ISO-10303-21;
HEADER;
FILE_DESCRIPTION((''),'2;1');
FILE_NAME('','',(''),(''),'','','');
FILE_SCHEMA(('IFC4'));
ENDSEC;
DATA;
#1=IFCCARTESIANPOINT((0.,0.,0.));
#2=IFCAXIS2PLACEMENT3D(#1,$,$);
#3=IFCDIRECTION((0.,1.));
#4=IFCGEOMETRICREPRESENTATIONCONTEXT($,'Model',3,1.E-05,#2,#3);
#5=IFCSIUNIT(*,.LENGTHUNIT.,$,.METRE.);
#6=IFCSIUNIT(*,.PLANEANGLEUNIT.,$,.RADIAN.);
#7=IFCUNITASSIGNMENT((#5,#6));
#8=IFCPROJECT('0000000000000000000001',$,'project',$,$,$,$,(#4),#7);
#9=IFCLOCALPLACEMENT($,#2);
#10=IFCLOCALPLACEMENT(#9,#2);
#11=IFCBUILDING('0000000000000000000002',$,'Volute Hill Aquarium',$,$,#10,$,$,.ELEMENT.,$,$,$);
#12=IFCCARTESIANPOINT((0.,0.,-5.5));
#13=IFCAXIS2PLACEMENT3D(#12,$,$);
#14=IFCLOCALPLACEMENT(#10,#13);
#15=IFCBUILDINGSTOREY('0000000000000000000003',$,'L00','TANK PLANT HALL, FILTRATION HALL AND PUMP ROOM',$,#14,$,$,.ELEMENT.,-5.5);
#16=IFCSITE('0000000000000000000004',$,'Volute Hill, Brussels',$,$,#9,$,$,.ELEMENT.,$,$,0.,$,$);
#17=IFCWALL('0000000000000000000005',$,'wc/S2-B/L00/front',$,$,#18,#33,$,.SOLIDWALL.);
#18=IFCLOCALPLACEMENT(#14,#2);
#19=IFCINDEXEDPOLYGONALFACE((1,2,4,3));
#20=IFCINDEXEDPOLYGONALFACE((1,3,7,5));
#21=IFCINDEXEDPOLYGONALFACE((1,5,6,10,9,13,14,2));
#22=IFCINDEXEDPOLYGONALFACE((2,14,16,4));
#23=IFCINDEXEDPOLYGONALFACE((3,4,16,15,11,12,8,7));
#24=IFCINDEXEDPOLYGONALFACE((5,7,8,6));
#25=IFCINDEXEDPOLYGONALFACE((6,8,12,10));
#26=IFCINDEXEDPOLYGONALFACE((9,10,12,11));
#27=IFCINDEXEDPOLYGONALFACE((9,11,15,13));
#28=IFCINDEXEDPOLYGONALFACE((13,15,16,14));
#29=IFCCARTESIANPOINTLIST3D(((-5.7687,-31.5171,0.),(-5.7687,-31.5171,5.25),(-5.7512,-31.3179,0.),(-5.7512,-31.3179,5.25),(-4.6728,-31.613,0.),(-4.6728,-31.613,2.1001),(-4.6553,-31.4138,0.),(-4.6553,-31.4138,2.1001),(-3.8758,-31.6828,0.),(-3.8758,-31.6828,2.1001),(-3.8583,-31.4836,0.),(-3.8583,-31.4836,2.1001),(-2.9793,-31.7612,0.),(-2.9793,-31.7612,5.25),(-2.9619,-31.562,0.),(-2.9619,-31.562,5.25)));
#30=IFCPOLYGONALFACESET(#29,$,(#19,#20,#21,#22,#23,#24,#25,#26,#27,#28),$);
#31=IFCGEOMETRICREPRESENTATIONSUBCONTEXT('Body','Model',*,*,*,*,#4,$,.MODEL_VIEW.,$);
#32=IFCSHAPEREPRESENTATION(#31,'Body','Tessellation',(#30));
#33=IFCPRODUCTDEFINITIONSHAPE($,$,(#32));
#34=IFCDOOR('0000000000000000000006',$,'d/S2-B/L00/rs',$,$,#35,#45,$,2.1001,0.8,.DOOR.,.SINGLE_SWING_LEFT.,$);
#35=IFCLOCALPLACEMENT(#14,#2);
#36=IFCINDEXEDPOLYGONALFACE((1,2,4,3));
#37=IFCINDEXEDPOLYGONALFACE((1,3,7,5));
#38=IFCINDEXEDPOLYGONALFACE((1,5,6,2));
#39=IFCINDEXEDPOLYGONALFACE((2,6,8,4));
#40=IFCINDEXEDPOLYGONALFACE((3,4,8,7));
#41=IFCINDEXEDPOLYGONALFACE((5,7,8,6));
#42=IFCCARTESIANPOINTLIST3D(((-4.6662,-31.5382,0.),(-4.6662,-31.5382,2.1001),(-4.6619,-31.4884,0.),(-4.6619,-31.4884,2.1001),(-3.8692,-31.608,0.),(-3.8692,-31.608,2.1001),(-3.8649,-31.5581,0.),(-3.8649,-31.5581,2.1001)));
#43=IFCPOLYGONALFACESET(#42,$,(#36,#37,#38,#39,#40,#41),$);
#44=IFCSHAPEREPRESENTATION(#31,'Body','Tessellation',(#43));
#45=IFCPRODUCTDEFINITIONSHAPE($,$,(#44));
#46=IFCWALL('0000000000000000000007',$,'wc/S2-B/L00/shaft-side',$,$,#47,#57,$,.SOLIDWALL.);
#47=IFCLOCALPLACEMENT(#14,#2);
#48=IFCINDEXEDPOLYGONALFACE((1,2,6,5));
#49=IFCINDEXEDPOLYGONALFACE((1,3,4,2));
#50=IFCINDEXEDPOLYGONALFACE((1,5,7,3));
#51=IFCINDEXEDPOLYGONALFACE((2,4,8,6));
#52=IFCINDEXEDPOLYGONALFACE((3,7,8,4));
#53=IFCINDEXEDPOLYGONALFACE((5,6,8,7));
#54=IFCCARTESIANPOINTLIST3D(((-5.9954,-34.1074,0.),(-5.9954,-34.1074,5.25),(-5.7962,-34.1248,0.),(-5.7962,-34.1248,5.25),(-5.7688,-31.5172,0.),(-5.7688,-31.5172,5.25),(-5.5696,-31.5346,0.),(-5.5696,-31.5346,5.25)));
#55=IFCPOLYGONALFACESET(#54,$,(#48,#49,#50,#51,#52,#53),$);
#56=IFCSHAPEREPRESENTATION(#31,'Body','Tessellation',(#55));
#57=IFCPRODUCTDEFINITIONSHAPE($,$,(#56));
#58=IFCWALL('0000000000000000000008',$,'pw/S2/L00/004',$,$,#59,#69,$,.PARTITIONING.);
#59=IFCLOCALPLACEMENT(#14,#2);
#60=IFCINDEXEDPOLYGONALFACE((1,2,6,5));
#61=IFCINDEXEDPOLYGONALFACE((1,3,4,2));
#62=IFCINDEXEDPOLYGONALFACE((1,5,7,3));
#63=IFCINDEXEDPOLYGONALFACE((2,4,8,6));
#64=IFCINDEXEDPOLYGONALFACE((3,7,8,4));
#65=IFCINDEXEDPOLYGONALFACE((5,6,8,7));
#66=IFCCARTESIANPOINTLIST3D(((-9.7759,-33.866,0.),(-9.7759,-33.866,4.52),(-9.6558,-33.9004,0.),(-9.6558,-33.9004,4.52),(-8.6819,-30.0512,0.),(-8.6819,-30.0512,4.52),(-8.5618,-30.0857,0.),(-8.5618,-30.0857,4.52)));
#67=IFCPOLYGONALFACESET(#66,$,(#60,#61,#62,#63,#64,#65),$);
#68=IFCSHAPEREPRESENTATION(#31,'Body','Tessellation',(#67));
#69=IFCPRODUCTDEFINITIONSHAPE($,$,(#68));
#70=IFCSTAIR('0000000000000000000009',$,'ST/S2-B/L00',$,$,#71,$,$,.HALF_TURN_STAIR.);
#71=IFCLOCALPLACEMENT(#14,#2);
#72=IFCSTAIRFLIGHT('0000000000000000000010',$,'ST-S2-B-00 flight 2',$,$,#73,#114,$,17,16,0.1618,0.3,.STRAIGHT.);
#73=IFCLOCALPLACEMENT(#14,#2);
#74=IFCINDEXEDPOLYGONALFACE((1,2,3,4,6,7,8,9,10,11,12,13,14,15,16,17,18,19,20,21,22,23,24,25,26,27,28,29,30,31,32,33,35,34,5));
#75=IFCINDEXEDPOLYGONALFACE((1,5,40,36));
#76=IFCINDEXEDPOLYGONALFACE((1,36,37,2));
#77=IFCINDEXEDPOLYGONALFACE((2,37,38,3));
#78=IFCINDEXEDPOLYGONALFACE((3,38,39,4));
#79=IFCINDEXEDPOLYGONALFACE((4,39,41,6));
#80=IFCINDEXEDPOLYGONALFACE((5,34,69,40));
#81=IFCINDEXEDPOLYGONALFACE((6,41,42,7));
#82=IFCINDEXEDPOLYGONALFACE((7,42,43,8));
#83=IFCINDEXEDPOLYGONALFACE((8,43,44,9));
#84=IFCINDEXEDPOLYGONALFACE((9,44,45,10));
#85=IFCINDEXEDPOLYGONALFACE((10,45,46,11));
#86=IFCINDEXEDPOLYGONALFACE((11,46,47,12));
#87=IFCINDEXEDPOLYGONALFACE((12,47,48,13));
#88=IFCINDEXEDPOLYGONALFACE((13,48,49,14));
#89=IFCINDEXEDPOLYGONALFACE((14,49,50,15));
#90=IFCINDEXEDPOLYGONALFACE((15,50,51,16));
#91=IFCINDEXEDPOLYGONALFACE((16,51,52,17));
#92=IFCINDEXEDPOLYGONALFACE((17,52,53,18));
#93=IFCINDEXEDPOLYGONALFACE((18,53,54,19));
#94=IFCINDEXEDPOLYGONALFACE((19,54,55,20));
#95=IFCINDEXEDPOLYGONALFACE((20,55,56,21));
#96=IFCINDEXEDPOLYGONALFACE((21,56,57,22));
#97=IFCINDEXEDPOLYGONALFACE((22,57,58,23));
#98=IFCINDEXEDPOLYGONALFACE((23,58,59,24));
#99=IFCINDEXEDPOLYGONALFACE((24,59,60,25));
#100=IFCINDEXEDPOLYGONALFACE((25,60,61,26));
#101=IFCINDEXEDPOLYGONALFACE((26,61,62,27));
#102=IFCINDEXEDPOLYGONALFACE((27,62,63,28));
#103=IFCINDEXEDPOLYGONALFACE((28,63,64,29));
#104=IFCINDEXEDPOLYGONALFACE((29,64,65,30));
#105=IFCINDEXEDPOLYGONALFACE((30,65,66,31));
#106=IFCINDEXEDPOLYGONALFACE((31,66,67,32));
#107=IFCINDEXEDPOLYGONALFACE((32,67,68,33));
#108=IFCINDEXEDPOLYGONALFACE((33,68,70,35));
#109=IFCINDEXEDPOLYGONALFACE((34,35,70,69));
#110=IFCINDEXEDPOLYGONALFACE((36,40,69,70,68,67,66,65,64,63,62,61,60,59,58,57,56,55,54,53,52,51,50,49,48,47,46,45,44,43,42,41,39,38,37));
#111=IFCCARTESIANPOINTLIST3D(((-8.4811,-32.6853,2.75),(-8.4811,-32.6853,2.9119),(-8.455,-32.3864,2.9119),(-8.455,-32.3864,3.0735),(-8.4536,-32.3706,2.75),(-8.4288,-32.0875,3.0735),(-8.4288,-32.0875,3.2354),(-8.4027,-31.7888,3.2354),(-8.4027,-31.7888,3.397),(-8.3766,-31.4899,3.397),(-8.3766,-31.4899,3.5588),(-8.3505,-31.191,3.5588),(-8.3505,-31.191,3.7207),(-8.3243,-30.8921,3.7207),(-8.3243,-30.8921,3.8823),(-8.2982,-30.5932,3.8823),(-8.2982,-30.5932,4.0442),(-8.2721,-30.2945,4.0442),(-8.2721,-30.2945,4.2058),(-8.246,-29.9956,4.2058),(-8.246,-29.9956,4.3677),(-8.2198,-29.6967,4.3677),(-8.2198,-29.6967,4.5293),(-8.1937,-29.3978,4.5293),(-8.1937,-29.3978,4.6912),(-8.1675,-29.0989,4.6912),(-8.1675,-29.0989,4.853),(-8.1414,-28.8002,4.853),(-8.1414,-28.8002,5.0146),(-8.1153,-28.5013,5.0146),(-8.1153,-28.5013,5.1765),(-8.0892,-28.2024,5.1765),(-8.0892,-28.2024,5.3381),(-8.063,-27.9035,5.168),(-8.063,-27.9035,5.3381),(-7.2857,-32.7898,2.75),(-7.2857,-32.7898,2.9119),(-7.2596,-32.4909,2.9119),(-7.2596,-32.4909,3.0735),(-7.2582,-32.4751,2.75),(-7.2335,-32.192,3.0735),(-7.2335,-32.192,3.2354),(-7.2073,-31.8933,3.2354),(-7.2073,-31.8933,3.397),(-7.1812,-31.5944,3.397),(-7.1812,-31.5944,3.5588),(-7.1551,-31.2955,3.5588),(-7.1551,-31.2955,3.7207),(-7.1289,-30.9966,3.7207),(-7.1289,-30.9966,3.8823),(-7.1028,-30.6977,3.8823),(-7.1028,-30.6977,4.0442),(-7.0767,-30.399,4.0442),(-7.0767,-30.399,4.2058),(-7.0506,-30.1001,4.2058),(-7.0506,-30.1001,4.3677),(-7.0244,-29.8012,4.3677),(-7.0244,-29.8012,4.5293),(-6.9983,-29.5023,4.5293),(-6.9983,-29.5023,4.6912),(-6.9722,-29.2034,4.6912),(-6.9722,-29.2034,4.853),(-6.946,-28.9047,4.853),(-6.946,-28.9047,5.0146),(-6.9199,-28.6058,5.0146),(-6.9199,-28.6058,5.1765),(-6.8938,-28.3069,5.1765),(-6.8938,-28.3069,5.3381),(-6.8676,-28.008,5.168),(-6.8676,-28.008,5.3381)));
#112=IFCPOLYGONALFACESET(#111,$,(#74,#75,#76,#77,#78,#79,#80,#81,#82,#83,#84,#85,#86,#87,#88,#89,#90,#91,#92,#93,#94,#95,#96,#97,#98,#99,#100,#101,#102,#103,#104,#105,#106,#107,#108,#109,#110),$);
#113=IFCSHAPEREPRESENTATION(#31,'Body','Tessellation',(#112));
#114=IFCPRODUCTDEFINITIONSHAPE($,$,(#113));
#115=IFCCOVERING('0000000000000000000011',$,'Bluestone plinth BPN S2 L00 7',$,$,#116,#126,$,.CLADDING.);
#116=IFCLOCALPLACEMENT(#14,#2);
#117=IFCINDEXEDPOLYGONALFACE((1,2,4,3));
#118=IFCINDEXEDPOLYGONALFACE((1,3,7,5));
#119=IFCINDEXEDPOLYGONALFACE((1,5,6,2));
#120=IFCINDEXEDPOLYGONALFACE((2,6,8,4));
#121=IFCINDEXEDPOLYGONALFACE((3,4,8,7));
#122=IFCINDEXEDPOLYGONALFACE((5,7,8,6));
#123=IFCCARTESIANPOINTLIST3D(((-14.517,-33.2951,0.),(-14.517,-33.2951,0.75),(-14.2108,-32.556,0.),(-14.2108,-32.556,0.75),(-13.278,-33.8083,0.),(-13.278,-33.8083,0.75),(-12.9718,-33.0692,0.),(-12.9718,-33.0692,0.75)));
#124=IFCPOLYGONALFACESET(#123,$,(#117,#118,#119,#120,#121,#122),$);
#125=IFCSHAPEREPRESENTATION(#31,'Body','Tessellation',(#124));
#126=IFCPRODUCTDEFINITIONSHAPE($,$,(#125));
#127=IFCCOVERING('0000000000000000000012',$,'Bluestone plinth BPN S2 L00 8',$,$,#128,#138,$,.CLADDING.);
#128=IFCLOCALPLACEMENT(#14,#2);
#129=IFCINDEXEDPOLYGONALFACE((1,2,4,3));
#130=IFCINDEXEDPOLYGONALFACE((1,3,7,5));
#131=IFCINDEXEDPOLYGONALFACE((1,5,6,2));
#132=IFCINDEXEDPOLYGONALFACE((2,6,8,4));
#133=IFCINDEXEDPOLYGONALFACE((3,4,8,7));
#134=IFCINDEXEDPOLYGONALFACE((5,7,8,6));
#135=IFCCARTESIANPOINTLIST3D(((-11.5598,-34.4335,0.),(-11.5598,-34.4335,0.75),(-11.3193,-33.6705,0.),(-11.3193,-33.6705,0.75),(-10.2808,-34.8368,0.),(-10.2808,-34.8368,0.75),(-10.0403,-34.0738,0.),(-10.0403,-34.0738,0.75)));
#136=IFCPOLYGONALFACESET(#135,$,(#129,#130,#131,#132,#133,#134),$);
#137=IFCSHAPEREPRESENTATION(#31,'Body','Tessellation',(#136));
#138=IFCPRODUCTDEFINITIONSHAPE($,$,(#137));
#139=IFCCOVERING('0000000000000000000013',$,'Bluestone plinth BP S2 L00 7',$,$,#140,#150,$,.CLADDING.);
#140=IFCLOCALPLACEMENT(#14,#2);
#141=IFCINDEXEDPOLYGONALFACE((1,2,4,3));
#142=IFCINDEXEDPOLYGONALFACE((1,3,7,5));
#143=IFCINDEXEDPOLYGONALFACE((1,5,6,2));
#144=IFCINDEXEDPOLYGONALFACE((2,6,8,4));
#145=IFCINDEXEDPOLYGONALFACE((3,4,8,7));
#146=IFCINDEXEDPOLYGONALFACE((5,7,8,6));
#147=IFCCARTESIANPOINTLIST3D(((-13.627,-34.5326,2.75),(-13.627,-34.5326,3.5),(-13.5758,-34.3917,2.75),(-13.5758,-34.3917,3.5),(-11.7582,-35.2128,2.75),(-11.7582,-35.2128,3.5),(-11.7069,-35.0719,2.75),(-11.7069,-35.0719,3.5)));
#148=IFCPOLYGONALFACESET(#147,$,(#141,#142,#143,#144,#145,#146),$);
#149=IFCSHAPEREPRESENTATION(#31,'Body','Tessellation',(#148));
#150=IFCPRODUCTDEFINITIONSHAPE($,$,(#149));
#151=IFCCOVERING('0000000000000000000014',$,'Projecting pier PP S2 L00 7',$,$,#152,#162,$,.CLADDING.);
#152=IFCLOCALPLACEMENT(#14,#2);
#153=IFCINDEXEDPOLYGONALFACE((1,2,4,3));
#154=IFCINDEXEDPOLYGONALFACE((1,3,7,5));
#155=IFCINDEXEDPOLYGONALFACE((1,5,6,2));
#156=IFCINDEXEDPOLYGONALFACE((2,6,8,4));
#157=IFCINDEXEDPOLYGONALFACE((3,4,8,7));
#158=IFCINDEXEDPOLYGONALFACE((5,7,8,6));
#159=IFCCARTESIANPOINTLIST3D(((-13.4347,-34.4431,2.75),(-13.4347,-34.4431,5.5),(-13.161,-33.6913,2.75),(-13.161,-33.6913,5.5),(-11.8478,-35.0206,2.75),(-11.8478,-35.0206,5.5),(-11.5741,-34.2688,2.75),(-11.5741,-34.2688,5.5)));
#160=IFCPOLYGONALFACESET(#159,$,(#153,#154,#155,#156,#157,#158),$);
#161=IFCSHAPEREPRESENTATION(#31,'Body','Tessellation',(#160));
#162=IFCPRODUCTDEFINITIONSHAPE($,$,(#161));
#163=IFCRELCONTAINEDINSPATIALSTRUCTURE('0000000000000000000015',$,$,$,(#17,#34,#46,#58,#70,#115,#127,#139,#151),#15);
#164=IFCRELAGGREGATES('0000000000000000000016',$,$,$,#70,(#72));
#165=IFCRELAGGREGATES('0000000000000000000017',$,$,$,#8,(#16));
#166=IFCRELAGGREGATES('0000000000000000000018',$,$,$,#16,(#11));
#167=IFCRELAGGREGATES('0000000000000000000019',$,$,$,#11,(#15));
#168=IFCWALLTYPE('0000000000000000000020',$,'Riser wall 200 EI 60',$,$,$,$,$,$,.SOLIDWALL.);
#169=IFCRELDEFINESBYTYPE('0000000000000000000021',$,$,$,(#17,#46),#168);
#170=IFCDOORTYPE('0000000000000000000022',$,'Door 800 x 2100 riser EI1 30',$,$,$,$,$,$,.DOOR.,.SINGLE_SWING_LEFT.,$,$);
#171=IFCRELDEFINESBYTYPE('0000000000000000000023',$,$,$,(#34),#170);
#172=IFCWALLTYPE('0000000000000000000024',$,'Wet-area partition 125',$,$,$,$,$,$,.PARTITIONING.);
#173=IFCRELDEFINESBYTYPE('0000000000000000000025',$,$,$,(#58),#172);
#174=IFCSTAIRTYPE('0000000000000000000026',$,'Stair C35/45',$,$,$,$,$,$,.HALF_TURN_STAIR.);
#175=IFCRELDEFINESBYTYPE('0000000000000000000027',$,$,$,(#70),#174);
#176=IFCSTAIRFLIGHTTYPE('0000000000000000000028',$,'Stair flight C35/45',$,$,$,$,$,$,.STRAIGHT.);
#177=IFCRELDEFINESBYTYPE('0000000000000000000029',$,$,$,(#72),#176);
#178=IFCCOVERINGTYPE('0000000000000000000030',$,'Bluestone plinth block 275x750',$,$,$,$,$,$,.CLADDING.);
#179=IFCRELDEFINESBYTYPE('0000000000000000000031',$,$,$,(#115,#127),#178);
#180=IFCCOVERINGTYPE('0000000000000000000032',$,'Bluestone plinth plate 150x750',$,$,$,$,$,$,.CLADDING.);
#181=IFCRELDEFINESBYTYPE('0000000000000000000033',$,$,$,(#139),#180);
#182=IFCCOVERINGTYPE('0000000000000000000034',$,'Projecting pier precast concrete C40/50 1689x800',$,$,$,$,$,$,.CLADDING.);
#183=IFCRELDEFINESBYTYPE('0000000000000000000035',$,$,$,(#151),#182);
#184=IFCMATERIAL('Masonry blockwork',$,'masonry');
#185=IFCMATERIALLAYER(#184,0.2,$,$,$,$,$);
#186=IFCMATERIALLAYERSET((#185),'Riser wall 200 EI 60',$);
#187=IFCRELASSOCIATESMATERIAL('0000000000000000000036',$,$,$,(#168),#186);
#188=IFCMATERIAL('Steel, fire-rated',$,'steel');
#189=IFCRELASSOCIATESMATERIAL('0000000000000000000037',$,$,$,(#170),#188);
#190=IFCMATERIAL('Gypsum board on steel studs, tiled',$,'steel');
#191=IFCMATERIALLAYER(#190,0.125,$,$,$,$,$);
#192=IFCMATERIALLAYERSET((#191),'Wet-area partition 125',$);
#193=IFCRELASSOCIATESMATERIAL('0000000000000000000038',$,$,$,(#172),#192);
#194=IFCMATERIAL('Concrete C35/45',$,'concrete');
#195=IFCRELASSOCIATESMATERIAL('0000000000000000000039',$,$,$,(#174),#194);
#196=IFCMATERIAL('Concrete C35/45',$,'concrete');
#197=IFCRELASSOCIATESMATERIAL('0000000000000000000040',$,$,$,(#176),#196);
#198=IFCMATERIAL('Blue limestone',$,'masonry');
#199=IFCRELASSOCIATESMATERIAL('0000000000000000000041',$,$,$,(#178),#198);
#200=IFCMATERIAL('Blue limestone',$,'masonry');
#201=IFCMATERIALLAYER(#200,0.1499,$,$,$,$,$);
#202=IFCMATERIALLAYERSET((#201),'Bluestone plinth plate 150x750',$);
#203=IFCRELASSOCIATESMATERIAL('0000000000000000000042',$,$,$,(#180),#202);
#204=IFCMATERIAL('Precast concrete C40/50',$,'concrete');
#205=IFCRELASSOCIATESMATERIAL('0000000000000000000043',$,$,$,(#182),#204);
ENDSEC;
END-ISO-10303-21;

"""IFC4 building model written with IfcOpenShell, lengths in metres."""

from ifc_helpers import new_model, si_unit, direction, frame, frame_2d, origin, origin_2d, place, context, subcontext, project, spatial, polyline, rectangle, outline, extrude, material, layer, layer_set, type_object, element, fill, aggregate, save


model = new_model("IFC4")

# Units and contexts
model_context = context("Model", 3, precision=1e-05, world=origin(), true_north=direction((0.0, 1.0)))
body_context = subcontext(model_context, "Body", "Model", "MODEL_VIEW")
ifc_project = project(units=[si_unit("LENGTHUNIT", "METRE"), si_unit("PLANEANGLEUNIT", "RADIAN")], contexts=[model_context])

# Site, building, storey
site_placement = place(None, origin())
site = spatial("IfcSite", under=ifc_project, at=site_placement, Name="Volute Hill, Brussels", CompositionType="ELEMENT", RefElevation=0.0)
building_placement = place(site_placement, origin())
building = spatial("IfcBuilding", under=site, at=building_placement, Name="Volute Hill Aquarium", CompositionType="ELEMENT")
storey_placement = place(building_placement, frame((0.0, 0.0, -5.5)))
storey = spatial("IfcBuildingStorey", under=building, at=storey_placement, Name="L00", Description="TANK PLANT HALL, FILTRATION HALL AND PUMP ROOM", CompositionType="ELEMENT", Elevation=-5.5)

# Wall, opening, door
ifc_material_1 = material(Name="Masonry blockwork", Category="masonry")
ifc_layer_1 = layer(ifc_material_1, 0.2)
ifc_layer_set_1 = layer_set([ifc_layer_1], Name="Riser wall 200 EI 60")
wall_type_1 = type_object("IfcWallType", Name="Riser wall 200 EI 60", PredefinedType="SOLIDWALL", material=ifc_layer_set_1)
wall_1_placement = place(storey_placement, frame((-2.9707, -31.6616, 0.0), z_axis=(0.0, 0.0, 1.0), x_axis=(-0.996191, 0.087194, 0.0)))
wall_1 = element("IfcWall", 1, at=wall_1_placement, inside=storey, type_object=wall_type_1, Name="wc/S2-B/L00/front", PredefinedType="SOLIDWALL", context=body_context, shape_type="SweptSolid", body=[
    extrude(rectangle(XDim=2.8, YDim=0.2, at=frame_2d((1.3999, 0.0))), origin(), (0.0, 0.0, 1.0), 5.25),
])
opening_1_placement = place(wall_1_placement, frame((0.8999, 0.0, 0.0)))
opening_1 = element("IfcOpeningElement", 2, at=opening_1_placement, cuts=wall_1, PredefinedType="OPENING", context=body_context, shape_type="SweptSolid", body=[
    extrude(rectangle(XDim=0.8, YDim=2.1001, at=frame_2d((0.3999, 1.05))), frame((0.0, 0.1099, 0.0), z_axis=(0.0, -1.0, 0.0), x_axis=(1.0, 0.0, 0.0)), (0.0, 0.0, 1.0), 0.22),
])
ifc_material_2 = material(Name="Steel, fire-rated", Category="steel")
door_type = type_object("IfcDoorType", Name="Door 800 x 2100 riser EI1 30", OperationType="SINGLE_SWING_LEFT", PredefinedType="DOOR", material=ifc_material_2)
door_placement = place(opening_1_placement, origin())
door = element("IfcDoor", 3, at=door_placement, inside=storey, type_object=door_type, Name="d/S2-B/L00/rs", OperationType="SINGLE_SWING_LEFT", OverallHeight=2.1001, OverallWidth=0.8, PredefinedType="DOOR", context=body_context, shape_type="SweptSolid", body=[
    extrude(rectangle(XDim=0.8, YDim=2.1001, at=frame_2d((0.3999, 1.05))), frame((0.0, 0.0249, 0.0), z_axis=(0.0, -1.0, 0.0), x_axis=(1.0, 0.0, 0.0)), (0.0, 0.0, 1.0), 0.05),
])
fill(opening_1, door)

# Walls
wall_2_placement = place(storey_placement, frame((-5.6692, -31.5259, 0.0), z_axis=(0.0, 0.0, 1.0), x_axis=(-0.08714, -0.996196, 0.0)))
element("IfcWall", 4, at=wall_2_placement, inside=storey, type_object=wall_type_1, Name="wc/S2-B/L00/shaft-side", PredefinedType="SOLIDWALL", context=body_context, shape_type="SweptSolid", body=[
    extrude(rectangle(XDim=2.6001, YDim=0.2, at=frame_2d((1.3, 0.0))), origin(), (0.0, 0.0, 1.0), 5.25),
])
ifc_material_3 = material(Name="Gypsum board on steel studs, tiled", Category="steel")
ifc_layer_2 = layer(ifc_material_3, 0.125)
ifc_layer_set_2 = layer_set([ifc_layer_2], Name="Wet-area partition 125")
wall_type_2 = type_object("IfcWallType", Name="Wet-area partition 125", PredefinedType="PARTITIONING", material=ifc_layer_set_2)
wall_3_placement = place(storey_placement, frame((-8.6218, -30.0684, 0.0), z_axis=(0.0, 0.0, 1.0), x_axis=(-0.275672, -0.961252, 0.0)))
element("IfcWall", 5, at=wall_3_placement, inside=storey, type_object=wall_type_2, Name="pw/S2/L00/004", PredefinedType="PARTITIONING", context=body_context, shape_type="SweptSolid", body=[
    extrude(rectangle(XDim=3.9685, YDim=0.125, at=frame_2d((1.9844, 0.0))), origin(), (0.0, 0.0, 1.0), 4.52),
])

# Stair, stair flight
ifc_material_4 = material(Name="Concrete C35/45", Category="concrete")
stair_type = type_object("IfcStairType", Name="Stair C35/45", PredefinedType="HALF_TURN_STAIR", material=ifc_material_4)
stair_placement = place(storey_placement, origin())
stair = element("IfcStair", 6, at=stair_placement, inside=storey, type_object=stair_type, Name="ST/S2-B/L00", PredefinedType="HALF_TURN_STAIR")
ifc_material_5 = material(Name="Concrete C35/45", Category="concrete")
stair_flight_type = type_object("IfcStairFlightType", Name="Stair flight C35/45", PredefinedType="STRAIGHT", material=ifc_material_5)
stair_flight_placement = place(storey_placement, frame((-7.8833, -32.7375, 2.75), z_axis=(0.0, 0.0, 1.0), x_axis=(0.0871, 0.9962, 0.0)))
stair_flight = element("IfcStairFlight", 7, at=stair_flight_placement, type_object=stair_flight_type, Name="ST-S2-B-00 flight 2", NumberOfRisers=17, NumberOfTreads=16, PredefinedType="STRAIGHT", RiserHeight=0.1618, TreadLength=0.3, context=body_context, shape_type="SweptSolid", body=[
    extrude(outline(polyline([(0.0, 0.0), (0.0, 0.1619), (0.3, 0.1619), (0.3, 0.3235), (0.6001, 0.3235), (0.6001, 0.4854), (0.8999, 0.4854), (0.8999, 0.647), (1.2, 0.647), (1.2, 0.8088), (1.5, 0.8088), (1.5, 0.9707), (1.8, 0.9707), (1.8, 1.1323), (2.1001, 1.1323), (2.1001, 1.2942), (2.3999, 1.2942), (2.3999, 1.4558), (2.7, 1.4558), (2.7, 1.6177), (3.0, 1.6177), (3.0, 1.7793), (3.3, 1.7793), (3.3, 1.9412), (3.6001, 1.9412), (3.6001, 2.103), (3.8999, 2.103), (3.8999, 2.2646), (4.2, 2.2646), (4.2, 2.4265), (4.5, 2.4265), (4.5, 2.5881), (4.8, 2.5881), (4.8, 2.75), (4.8, 2.418), (0.3159, 0.0), (0.0, 0.0)])), frame((0.0, 0.6001, 0.0), z_axis=(0.0, -1.0, 0.0), x_axis=(1.0, 0.0, 0.0)), (0.0, 0.0, 1.0), 1.2),
])
aggregate(stair, [stair_flight])

# Coverings
ifc_material_6 = material(Name="Blue limestone", Category="masonry")
covering_type_1 = type_object("IfcCoveringType", Name="Bluestone plinth block 275x750", PredefinedType="CLADDING", material=ifc_material_6)
for number, where, z_axis, x_axis, name in (
    (8, (-13.7444, -33.1821, 0.0), (0.0, 0.0, 1.0), (0.923881, -0.382679, 0.0), "Bluestone plinth BPN S2 L00 7"),
    (9, (-10.8, -34.2537, 0.0), (0.0, 0.0, 1.0), (0.953719, -0.300699, 0.0), "Bluestone plinth BPN S2 L00 8"),
):
    element("IfcCovering", number, at=place(storey_placement, frame(where, z_axis=z_axis, x_axis=x_axis)), inside=storey, type_object=covering_type_1, Name=name, PredefinedType="CLADDING", context=body_context, shape_type="SweptSolid", body=[
        extrude(rectangle(XDim=1.3411, YDim=0.8, at=origin_2d()), origin(), (0.0, 0.0, 1.0), 0.75),
    ])
ifc_material_7 = material(Name="Blue limestone", Category="masonry")
ifc_layer_3 = layer(ifc_material_7, 0.1499)
ifc_layer_set_3 = layer_set([ifc_layer_3], Name="Bluestone plinth plate 150x750")
covering_type_2 = type_object("IfcCoveringType", Name="Bluestone plinth plate 150x750", PredefinedType="CLADDING", material=ifc_layer_set_3)
covering_1_placement = place(storey_placement, frame((-12.667, -34.8022, 2.75), z_axis=(0.0, 0.0, 1.0), x_axis=(0.939693, -0.34202, 0.0)))
element("IfcCovering", 10, at=covering_1_placement, inside=storey, type_object=covering_type_2, Name="Bluestone plinth BP S2 L00 7", PredefinedType="CLADDING", context=body_context, shape_type="SweptSolid", body=[
    extrude(rectangle(XDim=1.9888, YDim=0.1499, at=origin_2d()), origin(), (0.0, 0.0, 1.0), 0.75),
])

# Covering
ifc_material_8 = material(Name="Precast concrete C40/50", Category="concrete")
covering_type_3 = type_object("IfcCoveringType", Name="Projecting pier precast concrete C40/50 1689x800", PredefinedType="CLADDING", material=ifc_material_8)
covering_2_placement = place(storey_placement, frame((-12.5044, -34.356, 2.75), z_axis=(0.0, 0.0, 1.0), x_axis=(0.939693, -0.34202, 0.0)))
element("IfcCovering", 11, at=covering_2_placement, inside=storey, type_object=covering_type_3, Name="Projecting pier PP S2 L00 7", PredefinedType="CLADDING", context=body_context, shape_type="SweptSolid", body=[
    extrude(rectangle(XDim=1.6887, YDim=0.8, at=origin_2d()), origin(), (0.0, 0.0, 1.0), 2.75),
])

save(model, "model.ifc")
